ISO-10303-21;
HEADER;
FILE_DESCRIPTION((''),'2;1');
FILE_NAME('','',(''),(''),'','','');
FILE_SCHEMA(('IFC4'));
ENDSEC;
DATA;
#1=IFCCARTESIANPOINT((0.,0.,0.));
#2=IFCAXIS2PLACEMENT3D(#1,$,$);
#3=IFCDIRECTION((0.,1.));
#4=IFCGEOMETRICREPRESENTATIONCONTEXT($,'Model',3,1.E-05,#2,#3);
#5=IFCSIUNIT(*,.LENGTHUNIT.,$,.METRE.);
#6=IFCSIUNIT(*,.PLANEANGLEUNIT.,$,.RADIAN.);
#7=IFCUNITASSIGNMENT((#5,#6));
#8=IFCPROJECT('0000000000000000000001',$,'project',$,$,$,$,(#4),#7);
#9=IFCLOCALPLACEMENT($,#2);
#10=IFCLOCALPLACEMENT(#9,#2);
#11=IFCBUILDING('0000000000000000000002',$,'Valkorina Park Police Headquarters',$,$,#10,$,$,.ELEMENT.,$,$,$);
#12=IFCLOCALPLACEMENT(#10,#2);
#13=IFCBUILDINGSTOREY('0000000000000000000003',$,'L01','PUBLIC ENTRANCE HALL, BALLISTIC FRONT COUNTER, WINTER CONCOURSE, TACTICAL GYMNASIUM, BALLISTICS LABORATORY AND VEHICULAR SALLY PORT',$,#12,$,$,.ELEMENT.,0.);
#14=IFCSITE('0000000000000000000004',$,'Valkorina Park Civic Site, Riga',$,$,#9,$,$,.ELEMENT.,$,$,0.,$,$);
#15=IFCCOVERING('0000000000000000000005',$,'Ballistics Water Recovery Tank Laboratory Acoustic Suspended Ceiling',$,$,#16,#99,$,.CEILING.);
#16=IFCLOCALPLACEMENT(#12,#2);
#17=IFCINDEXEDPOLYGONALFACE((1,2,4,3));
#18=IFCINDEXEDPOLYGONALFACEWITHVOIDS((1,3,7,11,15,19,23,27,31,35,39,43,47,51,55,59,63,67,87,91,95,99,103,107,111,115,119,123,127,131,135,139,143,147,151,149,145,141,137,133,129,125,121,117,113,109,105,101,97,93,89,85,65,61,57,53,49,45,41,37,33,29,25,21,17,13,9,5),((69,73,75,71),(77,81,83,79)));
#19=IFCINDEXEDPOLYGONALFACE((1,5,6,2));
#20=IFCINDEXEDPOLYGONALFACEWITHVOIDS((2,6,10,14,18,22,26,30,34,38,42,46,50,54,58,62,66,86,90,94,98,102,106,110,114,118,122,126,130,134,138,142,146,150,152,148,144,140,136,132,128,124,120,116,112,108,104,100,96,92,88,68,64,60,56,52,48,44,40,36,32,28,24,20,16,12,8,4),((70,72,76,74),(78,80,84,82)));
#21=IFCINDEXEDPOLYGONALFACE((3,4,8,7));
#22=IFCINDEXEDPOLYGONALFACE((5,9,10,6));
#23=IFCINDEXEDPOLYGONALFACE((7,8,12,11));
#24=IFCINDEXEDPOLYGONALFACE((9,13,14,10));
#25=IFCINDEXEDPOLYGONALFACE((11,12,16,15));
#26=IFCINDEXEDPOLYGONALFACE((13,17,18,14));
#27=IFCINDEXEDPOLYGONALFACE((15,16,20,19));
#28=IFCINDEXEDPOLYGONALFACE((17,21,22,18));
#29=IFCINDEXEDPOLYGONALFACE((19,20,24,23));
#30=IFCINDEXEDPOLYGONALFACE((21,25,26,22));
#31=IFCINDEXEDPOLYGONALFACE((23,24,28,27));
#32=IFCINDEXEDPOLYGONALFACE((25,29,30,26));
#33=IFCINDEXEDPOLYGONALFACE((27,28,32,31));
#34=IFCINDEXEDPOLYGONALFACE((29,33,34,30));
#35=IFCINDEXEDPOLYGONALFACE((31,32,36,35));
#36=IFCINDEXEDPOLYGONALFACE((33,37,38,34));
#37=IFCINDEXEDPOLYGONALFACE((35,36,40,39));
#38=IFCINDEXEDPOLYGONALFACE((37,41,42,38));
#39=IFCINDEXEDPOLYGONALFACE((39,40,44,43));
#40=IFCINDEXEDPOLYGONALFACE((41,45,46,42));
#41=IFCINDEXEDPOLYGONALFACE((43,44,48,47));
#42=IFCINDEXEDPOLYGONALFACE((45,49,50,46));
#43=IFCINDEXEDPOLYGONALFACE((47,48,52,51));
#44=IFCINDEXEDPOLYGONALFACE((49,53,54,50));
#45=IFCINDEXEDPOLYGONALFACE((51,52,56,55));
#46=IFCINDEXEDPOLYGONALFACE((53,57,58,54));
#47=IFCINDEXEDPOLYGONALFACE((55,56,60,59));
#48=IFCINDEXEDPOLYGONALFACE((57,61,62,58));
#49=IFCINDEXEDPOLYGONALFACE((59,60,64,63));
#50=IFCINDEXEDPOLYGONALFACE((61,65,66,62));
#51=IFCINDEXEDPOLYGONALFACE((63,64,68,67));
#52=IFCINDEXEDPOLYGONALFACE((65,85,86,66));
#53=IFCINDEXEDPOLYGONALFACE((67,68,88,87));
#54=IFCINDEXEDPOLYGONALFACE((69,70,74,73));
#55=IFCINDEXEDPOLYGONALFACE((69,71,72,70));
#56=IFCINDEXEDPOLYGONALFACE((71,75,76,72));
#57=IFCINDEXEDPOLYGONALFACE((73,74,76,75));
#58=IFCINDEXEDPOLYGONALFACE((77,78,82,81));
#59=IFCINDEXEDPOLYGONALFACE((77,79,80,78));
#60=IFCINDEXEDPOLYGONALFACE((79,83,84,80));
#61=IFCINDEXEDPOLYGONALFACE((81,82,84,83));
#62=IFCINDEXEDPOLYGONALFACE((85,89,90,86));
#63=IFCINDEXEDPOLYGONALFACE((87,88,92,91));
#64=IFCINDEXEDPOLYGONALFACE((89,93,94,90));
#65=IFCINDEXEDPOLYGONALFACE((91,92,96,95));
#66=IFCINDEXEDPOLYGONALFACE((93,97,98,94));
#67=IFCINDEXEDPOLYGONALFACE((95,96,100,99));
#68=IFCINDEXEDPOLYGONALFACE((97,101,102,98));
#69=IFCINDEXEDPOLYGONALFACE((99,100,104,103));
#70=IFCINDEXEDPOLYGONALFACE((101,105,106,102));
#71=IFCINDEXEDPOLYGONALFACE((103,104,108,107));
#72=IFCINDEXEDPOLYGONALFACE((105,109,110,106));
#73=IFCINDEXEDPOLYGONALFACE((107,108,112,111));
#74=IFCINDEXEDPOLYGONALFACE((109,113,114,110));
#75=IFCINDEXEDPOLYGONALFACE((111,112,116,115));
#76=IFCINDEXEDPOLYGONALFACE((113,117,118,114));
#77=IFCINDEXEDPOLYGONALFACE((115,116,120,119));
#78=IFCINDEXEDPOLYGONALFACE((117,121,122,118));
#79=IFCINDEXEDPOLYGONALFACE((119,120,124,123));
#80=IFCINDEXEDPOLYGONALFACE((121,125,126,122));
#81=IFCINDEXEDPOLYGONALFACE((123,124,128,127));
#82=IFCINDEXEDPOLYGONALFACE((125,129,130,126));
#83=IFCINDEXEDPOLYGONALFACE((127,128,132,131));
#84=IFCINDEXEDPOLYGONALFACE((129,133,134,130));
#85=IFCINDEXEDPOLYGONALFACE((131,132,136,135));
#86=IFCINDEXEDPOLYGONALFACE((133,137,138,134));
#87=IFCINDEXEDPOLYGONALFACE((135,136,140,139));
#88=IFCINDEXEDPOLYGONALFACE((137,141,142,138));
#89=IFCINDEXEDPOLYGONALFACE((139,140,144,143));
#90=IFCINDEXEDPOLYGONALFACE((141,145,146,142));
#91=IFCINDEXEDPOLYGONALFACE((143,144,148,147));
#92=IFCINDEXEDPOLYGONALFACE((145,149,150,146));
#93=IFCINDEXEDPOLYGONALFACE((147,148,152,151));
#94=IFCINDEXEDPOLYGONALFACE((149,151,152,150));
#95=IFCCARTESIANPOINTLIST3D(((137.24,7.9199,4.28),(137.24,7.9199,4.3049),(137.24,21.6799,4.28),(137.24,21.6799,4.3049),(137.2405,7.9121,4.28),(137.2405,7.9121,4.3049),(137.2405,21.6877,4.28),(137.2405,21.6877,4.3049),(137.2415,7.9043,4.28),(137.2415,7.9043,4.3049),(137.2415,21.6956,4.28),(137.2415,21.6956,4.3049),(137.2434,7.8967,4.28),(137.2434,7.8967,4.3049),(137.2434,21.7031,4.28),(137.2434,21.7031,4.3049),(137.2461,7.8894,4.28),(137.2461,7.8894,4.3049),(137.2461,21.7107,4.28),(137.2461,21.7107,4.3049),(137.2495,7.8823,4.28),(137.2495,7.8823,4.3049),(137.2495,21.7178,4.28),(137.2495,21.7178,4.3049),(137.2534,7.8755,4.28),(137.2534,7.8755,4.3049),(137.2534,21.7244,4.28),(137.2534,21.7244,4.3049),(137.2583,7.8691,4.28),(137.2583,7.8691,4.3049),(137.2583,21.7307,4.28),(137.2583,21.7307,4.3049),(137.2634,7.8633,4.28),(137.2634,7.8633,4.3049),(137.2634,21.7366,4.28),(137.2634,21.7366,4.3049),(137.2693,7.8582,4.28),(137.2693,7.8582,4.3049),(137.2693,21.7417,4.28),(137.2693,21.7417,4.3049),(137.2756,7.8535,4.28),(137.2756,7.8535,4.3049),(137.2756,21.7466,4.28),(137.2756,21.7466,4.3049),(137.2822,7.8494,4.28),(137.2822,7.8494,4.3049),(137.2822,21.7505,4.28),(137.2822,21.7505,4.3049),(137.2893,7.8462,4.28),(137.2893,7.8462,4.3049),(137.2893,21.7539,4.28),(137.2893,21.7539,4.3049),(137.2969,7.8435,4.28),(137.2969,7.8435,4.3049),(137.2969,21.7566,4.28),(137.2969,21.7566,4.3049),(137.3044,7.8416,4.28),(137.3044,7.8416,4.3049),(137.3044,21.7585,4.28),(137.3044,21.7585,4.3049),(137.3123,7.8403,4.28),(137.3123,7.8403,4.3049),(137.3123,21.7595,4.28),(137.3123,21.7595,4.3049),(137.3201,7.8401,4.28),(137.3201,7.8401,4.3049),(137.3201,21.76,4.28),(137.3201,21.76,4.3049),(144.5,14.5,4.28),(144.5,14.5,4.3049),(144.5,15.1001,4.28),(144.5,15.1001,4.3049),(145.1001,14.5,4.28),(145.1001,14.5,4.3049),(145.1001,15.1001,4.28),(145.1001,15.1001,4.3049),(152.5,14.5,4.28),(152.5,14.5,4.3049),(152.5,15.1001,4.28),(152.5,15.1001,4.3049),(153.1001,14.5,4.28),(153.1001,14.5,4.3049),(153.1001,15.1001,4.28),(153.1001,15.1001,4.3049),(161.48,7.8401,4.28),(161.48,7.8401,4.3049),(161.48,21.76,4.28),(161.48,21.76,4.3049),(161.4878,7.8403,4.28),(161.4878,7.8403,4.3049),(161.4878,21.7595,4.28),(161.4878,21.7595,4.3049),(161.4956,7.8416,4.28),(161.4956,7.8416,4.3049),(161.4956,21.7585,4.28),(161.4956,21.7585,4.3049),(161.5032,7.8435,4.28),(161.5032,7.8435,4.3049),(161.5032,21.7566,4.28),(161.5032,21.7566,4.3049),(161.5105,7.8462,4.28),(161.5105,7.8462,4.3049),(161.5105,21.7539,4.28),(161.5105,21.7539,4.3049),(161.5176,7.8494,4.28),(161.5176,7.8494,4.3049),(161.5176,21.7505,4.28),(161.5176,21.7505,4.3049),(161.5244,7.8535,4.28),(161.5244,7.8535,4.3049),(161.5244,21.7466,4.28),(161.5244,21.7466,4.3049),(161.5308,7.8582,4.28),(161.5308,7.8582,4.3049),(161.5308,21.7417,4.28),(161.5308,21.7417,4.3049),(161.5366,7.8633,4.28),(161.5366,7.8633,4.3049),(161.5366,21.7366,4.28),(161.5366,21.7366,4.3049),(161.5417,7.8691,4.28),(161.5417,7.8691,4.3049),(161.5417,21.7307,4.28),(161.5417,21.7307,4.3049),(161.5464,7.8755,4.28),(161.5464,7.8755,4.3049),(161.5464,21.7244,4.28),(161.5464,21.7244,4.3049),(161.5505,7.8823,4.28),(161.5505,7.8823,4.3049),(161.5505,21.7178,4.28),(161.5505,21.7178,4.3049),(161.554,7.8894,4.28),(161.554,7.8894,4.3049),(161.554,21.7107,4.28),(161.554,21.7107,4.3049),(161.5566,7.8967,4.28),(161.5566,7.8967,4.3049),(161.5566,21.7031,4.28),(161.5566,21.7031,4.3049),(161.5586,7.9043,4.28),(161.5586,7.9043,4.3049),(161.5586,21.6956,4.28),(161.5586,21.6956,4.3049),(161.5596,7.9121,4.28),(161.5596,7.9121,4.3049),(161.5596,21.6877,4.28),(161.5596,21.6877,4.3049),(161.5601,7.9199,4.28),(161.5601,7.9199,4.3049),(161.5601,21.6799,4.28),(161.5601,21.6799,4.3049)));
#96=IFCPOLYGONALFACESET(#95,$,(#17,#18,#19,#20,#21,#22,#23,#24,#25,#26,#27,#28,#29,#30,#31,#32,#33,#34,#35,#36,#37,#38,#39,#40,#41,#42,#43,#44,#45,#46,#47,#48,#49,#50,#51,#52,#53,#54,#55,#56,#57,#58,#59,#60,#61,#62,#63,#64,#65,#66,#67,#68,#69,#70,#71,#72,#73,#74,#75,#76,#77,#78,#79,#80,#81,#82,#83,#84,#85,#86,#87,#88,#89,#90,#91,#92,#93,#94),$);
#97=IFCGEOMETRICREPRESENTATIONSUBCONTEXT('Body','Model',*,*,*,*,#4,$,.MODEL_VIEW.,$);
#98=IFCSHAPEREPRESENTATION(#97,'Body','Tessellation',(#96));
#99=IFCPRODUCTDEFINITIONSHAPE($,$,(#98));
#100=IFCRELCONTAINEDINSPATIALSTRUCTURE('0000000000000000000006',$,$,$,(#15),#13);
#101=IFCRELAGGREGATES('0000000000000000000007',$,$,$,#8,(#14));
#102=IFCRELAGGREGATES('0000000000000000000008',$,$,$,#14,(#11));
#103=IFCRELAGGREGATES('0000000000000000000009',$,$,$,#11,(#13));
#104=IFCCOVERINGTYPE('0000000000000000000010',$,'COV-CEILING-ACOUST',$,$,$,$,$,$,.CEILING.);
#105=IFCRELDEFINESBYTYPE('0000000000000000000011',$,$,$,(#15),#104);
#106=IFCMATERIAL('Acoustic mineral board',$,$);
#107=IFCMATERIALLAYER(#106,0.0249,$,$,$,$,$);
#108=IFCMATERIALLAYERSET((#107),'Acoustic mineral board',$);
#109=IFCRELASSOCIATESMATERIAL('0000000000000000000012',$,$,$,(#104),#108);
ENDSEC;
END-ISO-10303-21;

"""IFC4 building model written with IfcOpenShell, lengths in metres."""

from ifc_helpers import new_model, si_unit, direction, frame, origin, place, context, subcontext, project, spatial, polyline, outline, extrude, material, layer, layer_set, type_object, element, save


model = new_model("IFC4")

# Units and contexts
model_context = context("Model", 3, precision=1e-05, world=origin(), true_north=direction((0.0, 1.0)))
body_context = subcontext(model_context, "Body", "Model", "MODEL_VIEW")
ifc_project = project(units=[si_unit("LENGTHUNIT", "METRE"), si_unit("PLANEANGLEUNIT", "RADIAN")], contexts=[model_context])

# Site, building, storey
site_placement = place(None, origin())
site = spatial("IfcSite", under=ifc_project, at=site_placement, Name="Valkorina Park Civic Site, Riga", CompositionType="ELEMENT", RefElevation=0.0)
building_placement = place(site_placement, origin())
building = spatial("IfcBuilding", under=site, at=building_placement, Name="Valkorina Park Police Headquarters", CompositionType="ELEMENT")
storey_placement = place(building_placement, origin())
storey = spatial("IfcBuildingStorey", under=building, at=storey_placement, Name="L01", Description="PUBLIC ENTRANCE HALL, BALLISTIC FRONT COUNTER, WINTER CONCOURSE, TACTICAL GYMNASIUM, BALLISTICS LABORATORY AND VEHICULAR SALLY PORT", CompositionType="ELEMENT", Elevation=0.0)

# Covering
ifc_material_1 = material(Name="Acoustic mineral board")
ifc_layer_1 = layer(ifc_material_1, 0.0249)
ifc_layer_set_1 = layer_set([ifc_layer_1], Name="Acoustic mineral board")
covering_type_1 = type_object("IfcCoveringType", Name="COV-CEILING-ACOUST", PredefinedType="CEILING", material=ifc_layer_set_1)
covering_1_placement = place(storey_placement, frame((0.0, 0.0, 4.28)))
element("IfcCovering", 1, at=covering_1_placement, inside=storey, type_object=covering_type_1, Name="Ballistics Water Recovery Tank Laboratory Acoustic Suspended Ceiling", PredefinedType="CEILING", context=body_context, shape_type="SweptSolid", body=[
    extrude(outline(polyline([(161.5586, 7.9043), (161.5596, 7.9121), (161.5601, 7.9199), (161.5601, 21.6799), (161.5596, 21.6877), (161.5586, 21.6956), (161.5566, 21.7031), (161.554, 21.7107), (161.5505, 21.7178), (161.5464, 21.7244), (161.5417, 21.7307), (161.5366, 21.7366), (161.5308, 21.7417), (161.5244, 21.7466), (161.5176, 21.7505), (161.5105, 21.7539), (161.5032, 21.7566), (161.4956, 21.7585), (161.4878, 21.7595), (161.48, 21.76), (137.3201, 21.76), (137.3123, 21.7595), (137.3044, 21.7585), (137.2969, 21.7566), (137.2893, 21.7539), (137.2822, 21.7505), (137.2756, 21.7466), (137.2693, 21.7417), (137.2634, 21.7366), (137.2583, 21.7307), (137.2534, 21.7244), (137.2495, 21.7178), (137.2461, 21.7107), (137.2434, 21.7031), (137.2415, 21.6956), (137.2405, 21.6877), (137.24, 21.6799), (137.24, 7.9199), (137.2405, 7.9121), (137.2415, 7.9043), (137.2434, 7.8967), (137.2461, 7.8894), (137.2495, 7.8823), (137.2534, 7.8755), (137.2583, 7.8691), (137.2634, 7.8633), (137.2693, 7.8582), (137.2756, 7.8535), (137.2822, 7.8494), (137.2893, 7.8462), (137.2969, 7.8435), (137.3044, 7.8416), (137.3123, 7.8403), (137.3201, 7.8401), (161.48, 7.8401), (161.4878, 7.8403), (161.4956, 7.8416), (161.5032, 7.8435), (161.5105, 7.8462), (161.5176, 7.8494), (161.5244, 7.8535), (161.5308, 7.8582), (161.5366, 7.8633), (161.5417, 7.8691), (161.5464, 7.8755), (161.5505, 7.8823), (161.554, 7.8894), (161.5566, 7.8967), (161.5586, 7.9043)]), holes=[polyline([(153.1001, 14.5), (152.5, 14.5), (152.5, 15.1001), (153.1001, 15.1001), (153.1001, 14.5)]), polyline([(145.1001, 14.5), (144.5, 14.5), (144.5, 15.1001), (145.1001, 15.1001), (145.1001, 14.5)])]), origin(), (0.0, 0.0, 1.0), 0.0249),
])

save(model, "model.ifc")
